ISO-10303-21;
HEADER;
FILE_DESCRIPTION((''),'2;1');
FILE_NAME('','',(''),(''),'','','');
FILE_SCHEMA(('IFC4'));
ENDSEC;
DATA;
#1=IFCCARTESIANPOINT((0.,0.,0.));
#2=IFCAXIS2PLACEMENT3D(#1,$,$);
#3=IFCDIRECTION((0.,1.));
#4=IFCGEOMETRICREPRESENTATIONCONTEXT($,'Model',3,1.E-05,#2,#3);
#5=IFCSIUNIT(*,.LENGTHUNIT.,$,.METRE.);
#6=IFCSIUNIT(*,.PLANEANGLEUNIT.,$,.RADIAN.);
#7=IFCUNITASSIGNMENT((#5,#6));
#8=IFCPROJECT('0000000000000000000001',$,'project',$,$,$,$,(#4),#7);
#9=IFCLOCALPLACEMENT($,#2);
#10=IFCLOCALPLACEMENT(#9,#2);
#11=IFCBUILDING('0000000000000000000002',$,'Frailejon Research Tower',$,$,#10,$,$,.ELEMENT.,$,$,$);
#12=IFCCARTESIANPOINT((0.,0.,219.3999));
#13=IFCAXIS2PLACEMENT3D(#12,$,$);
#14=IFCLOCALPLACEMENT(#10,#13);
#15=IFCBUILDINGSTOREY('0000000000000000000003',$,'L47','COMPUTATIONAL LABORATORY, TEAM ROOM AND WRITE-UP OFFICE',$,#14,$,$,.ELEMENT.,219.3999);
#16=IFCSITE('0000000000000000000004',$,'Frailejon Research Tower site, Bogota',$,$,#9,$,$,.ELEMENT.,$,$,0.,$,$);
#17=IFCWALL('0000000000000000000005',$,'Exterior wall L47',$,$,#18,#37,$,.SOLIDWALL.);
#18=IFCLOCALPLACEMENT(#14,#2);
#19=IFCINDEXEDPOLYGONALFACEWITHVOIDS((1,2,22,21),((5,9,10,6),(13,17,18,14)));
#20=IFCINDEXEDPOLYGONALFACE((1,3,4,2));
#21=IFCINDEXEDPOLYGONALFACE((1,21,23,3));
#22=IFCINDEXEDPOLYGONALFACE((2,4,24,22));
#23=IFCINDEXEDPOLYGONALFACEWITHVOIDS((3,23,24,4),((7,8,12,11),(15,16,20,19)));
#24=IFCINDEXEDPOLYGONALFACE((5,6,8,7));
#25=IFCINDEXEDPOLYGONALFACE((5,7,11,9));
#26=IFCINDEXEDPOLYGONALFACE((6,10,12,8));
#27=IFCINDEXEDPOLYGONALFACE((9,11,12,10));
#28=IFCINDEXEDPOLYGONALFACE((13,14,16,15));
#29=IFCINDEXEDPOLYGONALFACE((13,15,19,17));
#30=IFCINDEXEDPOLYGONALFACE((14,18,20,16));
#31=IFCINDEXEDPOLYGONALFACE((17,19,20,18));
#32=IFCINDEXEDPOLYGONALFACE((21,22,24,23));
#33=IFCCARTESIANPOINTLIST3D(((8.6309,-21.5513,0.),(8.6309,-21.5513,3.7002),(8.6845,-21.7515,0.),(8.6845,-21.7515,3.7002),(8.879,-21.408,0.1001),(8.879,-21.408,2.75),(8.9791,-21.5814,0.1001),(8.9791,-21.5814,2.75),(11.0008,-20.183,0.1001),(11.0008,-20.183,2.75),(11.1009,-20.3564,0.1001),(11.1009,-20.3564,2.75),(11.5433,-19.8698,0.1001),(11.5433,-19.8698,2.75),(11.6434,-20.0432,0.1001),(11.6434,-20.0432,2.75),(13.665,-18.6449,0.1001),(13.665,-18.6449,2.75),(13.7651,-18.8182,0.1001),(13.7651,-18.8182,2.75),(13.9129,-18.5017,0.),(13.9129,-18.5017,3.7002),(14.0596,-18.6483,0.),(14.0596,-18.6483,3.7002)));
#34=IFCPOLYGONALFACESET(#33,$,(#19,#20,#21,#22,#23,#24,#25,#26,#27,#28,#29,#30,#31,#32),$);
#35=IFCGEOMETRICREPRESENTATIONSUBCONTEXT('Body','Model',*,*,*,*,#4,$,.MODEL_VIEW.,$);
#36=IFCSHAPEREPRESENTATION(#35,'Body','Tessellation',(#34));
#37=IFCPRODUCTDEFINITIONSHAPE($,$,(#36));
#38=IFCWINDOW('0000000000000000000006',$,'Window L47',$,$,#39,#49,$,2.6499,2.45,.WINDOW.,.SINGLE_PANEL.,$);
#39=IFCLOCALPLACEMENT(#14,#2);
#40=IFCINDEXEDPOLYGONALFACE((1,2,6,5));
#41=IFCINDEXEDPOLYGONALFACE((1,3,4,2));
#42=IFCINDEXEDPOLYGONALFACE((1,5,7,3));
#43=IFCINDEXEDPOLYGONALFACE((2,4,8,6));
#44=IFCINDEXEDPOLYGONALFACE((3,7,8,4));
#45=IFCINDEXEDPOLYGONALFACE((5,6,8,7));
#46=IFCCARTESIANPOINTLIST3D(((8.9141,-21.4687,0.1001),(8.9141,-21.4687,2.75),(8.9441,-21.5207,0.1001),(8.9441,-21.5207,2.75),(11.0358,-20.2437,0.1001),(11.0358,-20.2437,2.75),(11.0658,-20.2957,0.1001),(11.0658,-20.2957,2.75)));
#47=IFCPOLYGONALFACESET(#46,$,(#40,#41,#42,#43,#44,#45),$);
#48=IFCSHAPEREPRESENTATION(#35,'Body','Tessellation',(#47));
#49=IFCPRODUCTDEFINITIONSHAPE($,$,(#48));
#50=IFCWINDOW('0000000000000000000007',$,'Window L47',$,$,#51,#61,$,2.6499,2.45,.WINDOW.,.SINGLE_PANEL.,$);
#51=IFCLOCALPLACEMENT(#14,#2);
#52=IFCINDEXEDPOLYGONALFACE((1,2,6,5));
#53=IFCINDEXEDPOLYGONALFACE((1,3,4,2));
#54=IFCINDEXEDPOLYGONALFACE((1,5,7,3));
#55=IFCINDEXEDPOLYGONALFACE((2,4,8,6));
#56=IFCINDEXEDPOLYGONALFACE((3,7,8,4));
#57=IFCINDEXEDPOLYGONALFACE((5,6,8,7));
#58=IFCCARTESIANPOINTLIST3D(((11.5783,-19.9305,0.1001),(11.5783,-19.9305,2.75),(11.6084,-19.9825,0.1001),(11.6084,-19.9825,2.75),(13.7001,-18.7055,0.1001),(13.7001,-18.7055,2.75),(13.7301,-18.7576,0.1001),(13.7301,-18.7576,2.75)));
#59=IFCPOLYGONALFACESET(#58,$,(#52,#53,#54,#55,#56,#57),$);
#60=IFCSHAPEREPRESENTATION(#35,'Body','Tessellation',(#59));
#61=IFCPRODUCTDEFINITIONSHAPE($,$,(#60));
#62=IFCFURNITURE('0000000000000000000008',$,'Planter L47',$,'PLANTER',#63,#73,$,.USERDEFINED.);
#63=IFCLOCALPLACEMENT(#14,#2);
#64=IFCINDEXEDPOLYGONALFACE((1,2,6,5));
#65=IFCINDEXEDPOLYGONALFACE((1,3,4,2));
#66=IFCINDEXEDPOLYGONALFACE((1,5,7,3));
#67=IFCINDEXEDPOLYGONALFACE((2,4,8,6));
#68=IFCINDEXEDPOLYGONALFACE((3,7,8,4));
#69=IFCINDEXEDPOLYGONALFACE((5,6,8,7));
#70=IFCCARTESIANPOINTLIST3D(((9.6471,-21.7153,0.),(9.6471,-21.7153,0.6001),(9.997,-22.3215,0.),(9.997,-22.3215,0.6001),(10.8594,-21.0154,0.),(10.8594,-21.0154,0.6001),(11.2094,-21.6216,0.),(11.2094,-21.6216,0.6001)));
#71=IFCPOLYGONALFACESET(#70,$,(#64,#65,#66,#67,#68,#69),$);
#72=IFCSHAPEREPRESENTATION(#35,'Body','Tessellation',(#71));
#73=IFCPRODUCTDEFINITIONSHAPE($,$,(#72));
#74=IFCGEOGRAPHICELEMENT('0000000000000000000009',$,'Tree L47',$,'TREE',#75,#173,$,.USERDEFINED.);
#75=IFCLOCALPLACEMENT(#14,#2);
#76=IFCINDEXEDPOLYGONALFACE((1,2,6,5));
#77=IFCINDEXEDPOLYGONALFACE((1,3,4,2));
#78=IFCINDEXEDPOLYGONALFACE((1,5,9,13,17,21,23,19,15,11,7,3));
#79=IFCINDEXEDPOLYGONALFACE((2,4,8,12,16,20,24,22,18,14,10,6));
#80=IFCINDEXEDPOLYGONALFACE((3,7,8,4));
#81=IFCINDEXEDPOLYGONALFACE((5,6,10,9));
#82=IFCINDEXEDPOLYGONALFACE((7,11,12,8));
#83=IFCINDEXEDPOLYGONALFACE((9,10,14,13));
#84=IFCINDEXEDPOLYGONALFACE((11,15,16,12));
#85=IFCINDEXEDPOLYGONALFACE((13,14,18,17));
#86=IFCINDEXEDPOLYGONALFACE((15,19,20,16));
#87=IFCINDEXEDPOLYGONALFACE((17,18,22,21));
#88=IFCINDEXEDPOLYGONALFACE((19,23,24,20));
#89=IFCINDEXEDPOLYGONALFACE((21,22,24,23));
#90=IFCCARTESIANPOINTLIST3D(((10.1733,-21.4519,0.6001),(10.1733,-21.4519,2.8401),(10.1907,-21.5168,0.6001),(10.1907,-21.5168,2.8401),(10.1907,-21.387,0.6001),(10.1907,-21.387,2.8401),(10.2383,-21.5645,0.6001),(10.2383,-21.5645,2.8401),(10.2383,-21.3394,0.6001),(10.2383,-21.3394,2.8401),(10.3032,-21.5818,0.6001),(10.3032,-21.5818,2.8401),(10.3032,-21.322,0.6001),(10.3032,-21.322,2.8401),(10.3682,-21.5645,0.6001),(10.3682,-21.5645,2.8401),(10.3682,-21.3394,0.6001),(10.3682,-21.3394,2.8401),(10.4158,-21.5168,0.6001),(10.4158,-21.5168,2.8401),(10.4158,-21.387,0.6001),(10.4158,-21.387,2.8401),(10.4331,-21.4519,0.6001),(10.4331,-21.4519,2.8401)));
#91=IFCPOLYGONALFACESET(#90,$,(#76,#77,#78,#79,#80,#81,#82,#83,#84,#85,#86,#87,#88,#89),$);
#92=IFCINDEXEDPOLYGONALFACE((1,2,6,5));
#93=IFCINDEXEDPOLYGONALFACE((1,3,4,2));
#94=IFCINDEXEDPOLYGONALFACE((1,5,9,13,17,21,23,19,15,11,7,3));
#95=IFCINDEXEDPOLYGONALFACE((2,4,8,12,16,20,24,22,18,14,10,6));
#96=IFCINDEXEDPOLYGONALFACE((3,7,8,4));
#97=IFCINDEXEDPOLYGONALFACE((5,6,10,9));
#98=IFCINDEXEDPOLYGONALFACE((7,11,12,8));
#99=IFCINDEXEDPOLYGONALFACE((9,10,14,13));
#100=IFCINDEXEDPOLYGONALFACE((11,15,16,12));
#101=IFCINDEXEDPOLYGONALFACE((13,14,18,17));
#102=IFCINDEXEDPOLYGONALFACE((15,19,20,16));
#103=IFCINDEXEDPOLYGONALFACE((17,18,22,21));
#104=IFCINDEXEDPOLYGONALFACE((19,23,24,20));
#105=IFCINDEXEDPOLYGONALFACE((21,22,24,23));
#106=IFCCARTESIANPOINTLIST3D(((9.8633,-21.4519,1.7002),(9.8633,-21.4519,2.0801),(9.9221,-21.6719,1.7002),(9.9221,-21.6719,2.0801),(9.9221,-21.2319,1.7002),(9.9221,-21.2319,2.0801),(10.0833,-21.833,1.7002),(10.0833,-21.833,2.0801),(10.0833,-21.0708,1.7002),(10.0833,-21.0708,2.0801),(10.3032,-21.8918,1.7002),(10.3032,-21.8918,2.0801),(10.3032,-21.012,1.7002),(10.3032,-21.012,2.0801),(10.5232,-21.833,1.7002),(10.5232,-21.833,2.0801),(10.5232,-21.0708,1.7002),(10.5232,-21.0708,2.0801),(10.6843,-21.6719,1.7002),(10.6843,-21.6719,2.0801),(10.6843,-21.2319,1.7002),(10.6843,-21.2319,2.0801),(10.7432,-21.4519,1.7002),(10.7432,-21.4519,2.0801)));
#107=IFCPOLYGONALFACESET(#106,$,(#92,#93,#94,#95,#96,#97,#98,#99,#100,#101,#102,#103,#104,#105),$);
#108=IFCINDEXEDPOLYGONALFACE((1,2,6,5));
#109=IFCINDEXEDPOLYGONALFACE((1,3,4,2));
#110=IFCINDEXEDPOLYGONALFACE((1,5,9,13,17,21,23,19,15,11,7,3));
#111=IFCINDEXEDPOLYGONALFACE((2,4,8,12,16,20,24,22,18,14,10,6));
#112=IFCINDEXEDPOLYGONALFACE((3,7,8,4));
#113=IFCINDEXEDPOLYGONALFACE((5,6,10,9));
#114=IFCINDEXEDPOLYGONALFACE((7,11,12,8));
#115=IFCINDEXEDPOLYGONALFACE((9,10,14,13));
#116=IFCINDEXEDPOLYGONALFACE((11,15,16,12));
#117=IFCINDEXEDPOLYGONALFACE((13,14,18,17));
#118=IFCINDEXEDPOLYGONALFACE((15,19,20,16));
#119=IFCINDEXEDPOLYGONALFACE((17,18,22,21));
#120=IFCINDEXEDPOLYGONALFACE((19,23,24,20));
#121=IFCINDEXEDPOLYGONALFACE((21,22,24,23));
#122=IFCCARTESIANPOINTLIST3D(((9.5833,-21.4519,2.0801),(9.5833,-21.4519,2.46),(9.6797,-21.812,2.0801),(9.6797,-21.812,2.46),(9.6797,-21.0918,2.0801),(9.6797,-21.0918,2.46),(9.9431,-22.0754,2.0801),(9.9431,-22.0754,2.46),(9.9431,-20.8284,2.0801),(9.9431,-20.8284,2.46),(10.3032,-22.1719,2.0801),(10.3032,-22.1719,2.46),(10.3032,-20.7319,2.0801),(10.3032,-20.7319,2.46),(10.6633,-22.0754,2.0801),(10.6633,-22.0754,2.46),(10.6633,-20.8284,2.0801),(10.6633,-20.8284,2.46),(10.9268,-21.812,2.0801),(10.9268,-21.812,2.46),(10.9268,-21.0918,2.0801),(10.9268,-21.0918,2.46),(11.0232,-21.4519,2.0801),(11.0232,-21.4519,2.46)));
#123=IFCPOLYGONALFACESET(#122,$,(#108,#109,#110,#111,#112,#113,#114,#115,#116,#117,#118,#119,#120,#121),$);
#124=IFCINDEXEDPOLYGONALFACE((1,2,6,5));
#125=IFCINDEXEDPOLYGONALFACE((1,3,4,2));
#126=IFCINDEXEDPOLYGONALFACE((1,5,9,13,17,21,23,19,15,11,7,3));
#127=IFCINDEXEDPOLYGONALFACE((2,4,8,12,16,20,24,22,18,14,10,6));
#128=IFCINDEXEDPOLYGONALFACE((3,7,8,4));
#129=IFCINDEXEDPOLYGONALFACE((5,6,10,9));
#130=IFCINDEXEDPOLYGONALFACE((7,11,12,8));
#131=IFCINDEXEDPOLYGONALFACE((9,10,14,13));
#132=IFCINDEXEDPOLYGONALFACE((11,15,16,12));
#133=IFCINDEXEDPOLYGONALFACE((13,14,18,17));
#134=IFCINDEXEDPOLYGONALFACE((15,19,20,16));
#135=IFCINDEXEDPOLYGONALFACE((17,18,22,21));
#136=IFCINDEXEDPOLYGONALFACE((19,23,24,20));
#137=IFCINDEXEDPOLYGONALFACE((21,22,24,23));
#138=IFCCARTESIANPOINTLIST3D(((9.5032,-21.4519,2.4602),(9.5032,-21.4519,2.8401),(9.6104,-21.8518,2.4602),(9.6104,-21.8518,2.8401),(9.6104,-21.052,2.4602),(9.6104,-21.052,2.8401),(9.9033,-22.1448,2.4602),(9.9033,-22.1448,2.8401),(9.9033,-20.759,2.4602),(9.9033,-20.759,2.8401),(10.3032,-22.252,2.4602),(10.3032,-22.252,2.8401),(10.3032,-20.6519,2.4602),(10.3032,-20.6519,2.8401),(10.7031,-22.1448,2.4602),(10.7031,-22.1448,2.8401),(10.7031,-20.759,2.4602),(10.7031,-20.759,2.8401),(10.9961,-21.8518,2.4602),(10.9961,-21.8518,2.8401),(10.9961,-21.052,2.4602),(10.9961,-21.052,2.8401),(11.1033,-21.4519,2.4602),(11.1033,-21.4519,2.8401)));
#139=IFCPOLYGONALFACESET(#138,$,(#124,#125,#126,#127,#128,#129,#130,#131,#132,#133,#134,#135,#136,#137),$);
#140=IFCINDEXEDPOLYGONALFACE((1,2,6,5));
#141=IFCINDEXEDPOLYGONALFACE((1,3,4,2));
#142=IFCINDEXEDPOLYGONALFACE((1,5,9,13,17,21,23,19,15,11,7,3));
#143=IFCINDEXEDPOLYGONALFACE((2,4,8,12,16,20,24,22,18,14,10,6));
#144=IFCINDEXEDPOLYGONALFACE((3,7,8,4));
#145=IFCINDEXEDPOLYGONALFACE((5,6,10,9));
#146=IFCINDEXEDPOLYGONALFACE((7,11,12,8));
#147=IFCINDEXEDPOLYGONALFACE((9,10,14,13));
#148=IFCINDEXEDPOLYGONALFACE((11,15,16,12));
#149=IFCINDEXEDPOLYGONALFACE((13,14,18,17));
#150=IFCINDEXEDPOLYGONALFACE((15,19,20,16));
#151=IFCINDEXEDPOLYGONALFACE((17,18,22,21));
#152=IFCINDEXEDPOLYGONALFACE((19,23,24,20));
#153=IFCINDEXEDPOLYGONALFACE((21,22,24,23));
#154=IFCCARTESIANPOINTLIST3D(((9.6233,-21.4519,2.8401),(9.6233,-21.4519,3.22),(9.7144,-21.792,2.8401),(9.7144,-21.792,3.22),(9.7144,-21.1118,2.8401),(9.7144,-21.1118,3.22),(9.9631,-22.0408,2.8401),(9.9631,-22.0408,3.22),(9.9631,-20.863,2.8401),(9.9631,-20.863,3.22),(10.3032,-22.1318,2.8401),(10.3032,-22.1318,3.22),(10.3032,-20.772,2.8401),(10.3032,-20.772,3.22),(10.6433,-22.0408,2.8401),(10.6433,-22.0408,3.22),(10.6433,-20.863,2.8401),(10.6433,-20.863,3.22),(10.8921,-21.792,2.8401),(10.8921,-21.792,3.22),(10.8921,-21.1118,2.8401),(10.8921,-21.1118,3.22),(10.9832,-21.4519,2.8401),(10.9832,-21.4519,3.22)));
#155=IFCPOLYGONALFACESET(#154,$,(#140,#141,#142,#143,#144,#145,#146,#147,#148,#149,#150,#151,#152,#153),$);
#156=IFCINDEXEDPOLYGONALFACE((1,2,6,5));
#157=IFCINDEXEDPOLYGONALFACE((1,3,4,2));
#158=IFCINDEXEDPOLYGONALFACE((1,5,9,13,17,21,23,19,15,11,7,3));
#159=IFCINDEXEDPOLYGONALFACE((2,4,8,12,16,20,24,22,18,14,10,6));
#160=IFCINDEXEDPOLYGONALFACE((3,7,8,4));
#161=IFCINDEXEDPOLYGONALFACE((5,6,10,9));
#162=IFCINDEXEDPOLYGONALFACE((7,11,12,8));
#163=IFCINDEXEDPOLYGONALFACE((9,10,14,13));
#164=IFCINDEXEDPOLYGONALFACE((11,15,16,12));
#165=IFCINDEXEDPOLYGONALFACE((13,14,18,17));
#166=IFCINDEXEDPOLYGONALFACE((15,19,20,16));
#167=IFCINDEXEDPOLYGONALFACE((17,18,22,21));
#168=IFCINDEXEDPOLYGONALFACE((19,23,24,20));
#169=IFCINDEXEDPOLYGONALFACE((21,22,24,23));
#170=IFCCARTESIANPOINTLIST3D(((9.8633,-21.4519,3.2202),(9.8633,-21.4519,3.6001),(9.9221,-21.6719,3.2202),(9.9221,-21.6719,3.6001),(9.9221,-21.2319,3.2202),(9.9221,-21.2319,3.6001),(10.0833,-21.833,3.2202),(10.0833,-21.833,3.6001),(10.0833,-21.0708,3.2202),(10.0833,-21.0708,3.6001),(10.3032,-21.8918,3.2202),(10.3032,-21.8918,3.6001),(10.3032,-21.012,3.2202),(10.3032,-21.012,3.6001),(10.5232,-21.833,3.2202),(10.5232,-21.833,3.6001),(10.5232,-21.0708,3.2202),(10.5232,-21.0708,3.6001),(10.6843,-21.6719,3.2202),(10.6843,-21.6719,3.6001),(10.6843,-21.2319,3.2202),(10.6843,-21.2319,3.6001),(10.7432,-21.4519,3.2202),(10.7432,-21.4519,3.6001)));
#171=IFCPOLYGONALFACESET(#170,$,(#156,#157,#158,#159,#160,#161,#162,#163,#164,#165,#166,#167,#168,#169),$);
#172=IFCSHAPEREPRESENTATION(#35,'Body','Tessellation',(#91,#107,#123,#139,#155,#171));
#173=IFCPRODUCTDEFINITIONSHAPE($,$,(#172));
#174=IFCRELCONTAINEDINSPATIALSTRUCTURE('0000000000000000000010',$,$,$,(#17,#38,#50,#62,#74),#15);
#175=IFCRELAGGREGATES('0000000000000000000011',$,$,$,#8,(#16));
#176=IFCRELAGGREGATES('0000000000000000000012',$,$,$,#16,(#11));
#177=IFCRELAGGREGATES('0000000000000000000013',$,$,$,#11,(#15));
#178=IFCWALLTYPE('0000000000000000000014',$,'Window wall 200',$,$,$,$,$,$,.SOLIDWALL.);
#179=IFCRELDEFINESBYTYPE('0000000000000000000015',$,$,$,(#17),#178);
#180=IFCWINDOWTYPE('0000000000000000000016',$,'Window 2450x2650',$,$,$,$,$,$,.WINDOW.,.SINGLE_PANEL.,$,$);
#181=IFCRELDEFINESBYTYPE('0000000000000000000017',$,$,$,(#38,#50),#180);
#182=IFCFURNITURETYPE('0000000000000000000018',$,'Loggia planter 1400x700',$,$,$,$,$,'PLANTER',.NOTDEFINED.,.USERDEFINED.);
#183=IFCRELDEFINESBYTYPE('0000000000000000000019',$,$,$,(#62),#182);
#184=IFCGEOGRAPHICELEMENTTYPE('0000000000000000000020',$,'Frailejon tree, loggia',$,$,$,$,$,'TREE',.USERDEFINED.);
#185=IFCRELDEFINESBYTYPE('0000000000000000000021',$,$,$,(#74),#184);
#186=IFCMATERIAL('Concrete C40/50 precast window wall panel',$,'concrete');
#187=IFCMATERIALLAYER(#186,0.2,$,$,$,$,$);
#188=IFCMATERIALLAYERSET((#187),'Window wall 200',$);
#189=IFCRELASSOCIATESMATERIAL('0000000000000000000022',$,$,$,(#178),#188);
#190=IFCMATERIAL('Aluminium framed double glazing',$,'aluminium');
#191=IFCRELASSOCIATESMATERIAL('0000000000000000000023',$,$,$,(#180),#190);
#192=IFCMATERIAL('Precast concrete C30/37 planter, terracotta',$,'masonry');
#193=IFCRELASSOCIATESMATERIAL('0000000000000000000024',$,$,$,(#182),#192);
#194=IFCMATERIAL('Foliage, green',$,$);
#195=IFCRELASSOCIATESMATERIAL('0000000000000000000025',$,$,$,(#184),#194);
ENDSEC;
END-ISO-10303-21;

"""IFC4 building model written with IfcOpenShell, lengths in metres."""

from ifc_helpers import new_model, si_unit, direction, frame, frame_2d, origin, origin_2d, place, context, subcontext, project, spatial, polyline, rectangle, outline, extrude, material, layer, layer_set, type_object, element, fill, save


model = new_model("IFC4")

# Units and contexts
model_context = context("Model", 3, precision=1e-05, world=origin(), true_north=direction((0.0, 1.0)))
body_context = subcontext(model_context, "Body", "Model", "MODEL_VIEW")
ifc_project = project(units=[si_unit("LENGTHUNIT", "METRE"), si_unit("PLANEANGLEUNIT", "RADIAN")], contexts=[model_context])

# Site, building, storey
site_placement = place(None, origin())
site = spatial("IfcSite", under=ifc_project, at=site_placement, Name="Frailejon Research Tower site, Bogota", CompositionType="ELEMENT", RefElevation=0.0)
building_placement = place(site_placement, origin())
building = spatial("IfcBuilding", under=site, at=building_placement, Name="Frailejon Research Tower", CompositionType="ELEMENT")
storey_placement = place(building_placement, frame((0.0, 0.0, 219.3999)))
storey = spatial("IfcBuildingStorey", under=building, at=storey_placement, Name="L47", Description="COMPUTATIONAL LABORATORY, TEAM ROOM AND WRITE-UP OFFICE", CompositionType="ELEMENT", Elevation=219.3999)

# Wall, openings, windows
ifc_material_1 = material(Name="Concrete C40/50 precast window wall panel", Category="concrete")
ifc_layer_1 = layer(ifc_material_1, 0.2)
ifc_layer_set_1 = layer_set([ifc_layer_1], Name="Window wall 200")
wall_type_1 = type_object("IfcWallType", Name="Window wall 200", PredefinedType="SOLIDWALL", material=ifc_layer_set_1)
wall_1_placement = place(storey_placement, frame((8.6577, -21.6514, 0.0), z_axis=(0.0, 0.0, 1.0), x_axis=(0.86603, 0.499993, 0.0)))
wall_1 = element("IfcWall", 1, at=wall_1_placement, inside=storey, type_object=wall_type_1, Name="Exterior wall L47", PredefinedType="SOLIDWALL", context=body_context, shape_type="SweptSolid", body=[
    extrude(outline(polyline([(-0.0269, -0.1001), (1.0076, -0.1001), (2.042, -0.1001), (3.0764, -0.1001), (4.1108, -0.1001), (5.1453, -0.1001), (6.1797, -0.1001), (6.126, 0.1001), (5.1094, 0.1001), (4.093, 0.1001), (3.0764, 0.1001), (2.0598, 0.1001), (1.0435, 0.1001), (0.0269, 0.1001), (-0.0269, -0.1001)])), origin(), (0.0, 0.0, 1.0), 3.7002),
])
opening_1_placement = place(wall_1_placement, frame((0.3132, 0.0, 0.1001)))
opening_1 = element("IfcOpeningElement", 2, at=opening_1_placement, cuts=wall_1, PredefinedType="OPENING", context=body_context, shape_type="SweptSolid", body=[
    extrude(rectangle(XDim=2.45, YDim=2.6499, at=frame_2d((1.2251, 1.325))), frame((0.0, 0.1099, 0.0), z_axis=(0.0, -1.0, 0.0), x_axis=(1.0, 0.0, 0.0)), (0.0, 0.0, 1.0), 0.22),
])
opening_2_placement = place(wall_1_placement, frame((3.3896, 0.0, 0.1001)))
opening_2 = element("IfcOpeningElement", 3, at=opening_2_placement, cuts=wall_1, PredefinedType="OPENING", context=body_context, shape_type="SweptSolid", body=[
    extrude(rectangle(XDim=2.45, YDim=2.6499, at=frame_2d((1.2251, 1.325))), frame((0.0, 0.1099, 0.0), z_axis=(0.0, -1.0, 0.0), x_axis=(1.0, 0.0, 0.0)), (0.0, 0.0, 1.0), 0.22),
])
ifc_material_2 = material(Name="Aluminium framed double glazing", Category="aluminium")
window_type = type_object("IfcWindowType", Name="Window 2450x2650", PartitioningType="SINGLE_PANEL", PredefinedType="WINDOW", material=ifc_material_2)
window_1_placement = place(opening_1_placement, origin())
window_1 = element("IfcWindow", 4, at=window_1_placement, inside=storey, type_object=window_type, Name="Window L47", OverallHeight=2.6499, OverallWidth=2.45, PartitioningType="SINGLE_PANEL", PredefinedType="WINDOW", context=body_context, shape_type="SweptSolid", body=[
    extrude(rectangle(XDim=2.45, YDim=2.6499, at=frame_2d((1.2251, 1.325))), frame((0.0, 0.03, 0.0), z_axis=(0.0, -1.0, 0.0), x_axis=(1.0, 0.0, 0.0)), (0.0, 0.0, 1.0), 0.0601),
])
fill(opening_1, window_1)
window_2_placement = place(opening_2_placement, origin())
window_2 = element("IfcWindow", 5, at=window_2_placement, inside=storey, type_object=window_type, Name="Window L47", OverallHeight=2.6499, OverallWidth=2.45, PartitioningType="SINGLE_PANEL", PredefinedType="WINDOW", context=body_context, shape_type="SweptSolid", body=[
    extrude(rectangle(XDim=2.45, YDim=2.6499, at=frame_2d((1.2251, 1.325))), frame((0.0, 0.03, 0.0), z_axis=(0.0, -1.0, 0.0), x_axis=(1.0, 0.0, 0.0)), (0.0, 0.0, 1.0), 0.0601),
])
fill(opening_2, window_2)

# Furniture
ifc_material_3 = material(Name="Precast concrete C30/37 planter, terracotta", Category="masonry")
furniture_type = type_object("IfcFurnitureType", Name="Loggia planter 1400x700", ElementType="PLANTER", AssemblyPlace="NOTDEFINED", PredefinedType="USERDEFINED", material=ifc_material_3)
furniture_placement = place(storey_placement, frame((10.4282, -21.6685, 0.0), z_axis=(0.0, 0.0, 1.0), x_axis=(0.866025, 0.5, 0.0)))
element("IfcFurniture", 6, at=furniture_placement, inside=storey, type_object=furniture_type, Name="Planter L47", ObjectType="PLANTER", PredefinedType="USERDEFINED", context=body_context, shape_type="SweptSolid", body=[
    extrude(rectangle(XDim=1.3999, YDim=0.7, at=origin_2d()), origin(), (0.0, 0.0, 1.0), 0.6001),
])

# Geographic element
ifc_material_4 = material(Name="Foliage, green")
geographic_element_type = type_object("IfcGeographicElementType", Name="Frailejon tree, loggia", ElementType="TREE", PredefinedType="USERDEFINED", material=ifc_material_4)
geographic_element_placement = place(storey_placement, frame((10.3032, -21.4519, 0.6001)))
element("IfcGeographicElement", 7, at=geographic_element_placement, inside=storey, type_object=geographic_element_type, Name="Tree L47", ObjectType="TREE", PredefinedType="USERDEFINED", context=body_context, shape_type="SweptSolid", body=[
    extrude(outline(polyline([(0.1299, 0.0), (0.1125, 0.0649), (0.0649, 0.1125), (0.0, 0.1299), (-0.0649, 0.1125), (-0.1125, 0.0649), (-0.1299, 0.0), (-0.1125, -0.0649), (-0.0649, -0.1125), (0.0, -0.1299), (0.0649, -0.1125), (0.1125, -0.0649), (0.1299, 0.0)])), origin(), (0.0, 0.0, 1.0), 2.24),
    extrude(outline(polyline([(0.4399, 0.0), (0.3811, 0.22), (0.22, 0.3811), (0.0, 0.4399), (-0.22, 0.3811), (-0.3811, 0.22), (-0.4399, 0.0), (-0.3811, -0.22), (-0.22, -0.3811), (0.0, -0.4399), (0.22, -0.3811), (0.3811, -0.22), (0.4399, 0.0)])), frame((0.0, 0.0, 1.1001)), (0.0, 0.0, 1.0), 0.3799),
    extrude(outline(polyline([(0.72, 0.0), (0.6235, 0.3601), (0.3601, 0.6235), (0.0, 0.72), (-0.3601, 0.6235), (-0.6235, 0.3601), (-0.72, 0.0), (-0.6235, -0.3601), (-0.3601, -0.6235), (0.0, -0.72), (0.3601, -0.6235), (0.6235, -0.3601), (0.72, 0.0)])), frame((0.0, 0.0, 1.48)), (0.0, 0.0, 1.0), 0.3799),
    extrude(outline(polyline([(0.8, 0.0), (0.6929, 0.3999), (0.3999, 0.6929), (0.0, 0.8), (-0.3999, 0.6929), (-0.6929, 0.3999), (-0.8, 0.0), (-0.6929, -0.3999), (-0.3999, -0.6929), (0.0, -0.8), (0.3999, -0.6929), (0.6929, -0.3999), (0.8, 0.0)])), frame((0.0, 0.0, 1.8601)), (0.0, 0.0, 1.0), 0.3799),
    extrude(outline(polyline([(0.6799, 0.0), (0.5889, 0.3401), (0.3401, 0.5889), (0.0, 0.6799), (-0.3401, 0.5889), (-0.5889, 0.3401), (-0.6799, 0.0), (-0.5889, -0.3401), (-0.3401, -0.5889), (0.0, -0.6799), (0.3401, -0.5889), (0.5889, -0.3401), (0.6799, 0.0)])), frame((0.0, 0.0, 2.24)), (0.0, 0.0, 1.0), 0.3799),
    extrude(outline(polyline([(0.4399, 0.0), (0.3811, 0.22), (0.22, 0.3811), (0.0, 0.4399), (-0.22, 0.3811), (-0.3811, 0.22), (-0.4399, 0.0), (-0.3811, -0.22), (-0.22, -0.3811), (0.0, -0.4399), (0.22, -0.3811), (0.3811, -0.22), (0.4399, 0.0)])), frame((0.0, 0.0, 2.6201)), (0.0, 0.0, 1.0), 0.3799),
])

save(model, "model.ifc")
